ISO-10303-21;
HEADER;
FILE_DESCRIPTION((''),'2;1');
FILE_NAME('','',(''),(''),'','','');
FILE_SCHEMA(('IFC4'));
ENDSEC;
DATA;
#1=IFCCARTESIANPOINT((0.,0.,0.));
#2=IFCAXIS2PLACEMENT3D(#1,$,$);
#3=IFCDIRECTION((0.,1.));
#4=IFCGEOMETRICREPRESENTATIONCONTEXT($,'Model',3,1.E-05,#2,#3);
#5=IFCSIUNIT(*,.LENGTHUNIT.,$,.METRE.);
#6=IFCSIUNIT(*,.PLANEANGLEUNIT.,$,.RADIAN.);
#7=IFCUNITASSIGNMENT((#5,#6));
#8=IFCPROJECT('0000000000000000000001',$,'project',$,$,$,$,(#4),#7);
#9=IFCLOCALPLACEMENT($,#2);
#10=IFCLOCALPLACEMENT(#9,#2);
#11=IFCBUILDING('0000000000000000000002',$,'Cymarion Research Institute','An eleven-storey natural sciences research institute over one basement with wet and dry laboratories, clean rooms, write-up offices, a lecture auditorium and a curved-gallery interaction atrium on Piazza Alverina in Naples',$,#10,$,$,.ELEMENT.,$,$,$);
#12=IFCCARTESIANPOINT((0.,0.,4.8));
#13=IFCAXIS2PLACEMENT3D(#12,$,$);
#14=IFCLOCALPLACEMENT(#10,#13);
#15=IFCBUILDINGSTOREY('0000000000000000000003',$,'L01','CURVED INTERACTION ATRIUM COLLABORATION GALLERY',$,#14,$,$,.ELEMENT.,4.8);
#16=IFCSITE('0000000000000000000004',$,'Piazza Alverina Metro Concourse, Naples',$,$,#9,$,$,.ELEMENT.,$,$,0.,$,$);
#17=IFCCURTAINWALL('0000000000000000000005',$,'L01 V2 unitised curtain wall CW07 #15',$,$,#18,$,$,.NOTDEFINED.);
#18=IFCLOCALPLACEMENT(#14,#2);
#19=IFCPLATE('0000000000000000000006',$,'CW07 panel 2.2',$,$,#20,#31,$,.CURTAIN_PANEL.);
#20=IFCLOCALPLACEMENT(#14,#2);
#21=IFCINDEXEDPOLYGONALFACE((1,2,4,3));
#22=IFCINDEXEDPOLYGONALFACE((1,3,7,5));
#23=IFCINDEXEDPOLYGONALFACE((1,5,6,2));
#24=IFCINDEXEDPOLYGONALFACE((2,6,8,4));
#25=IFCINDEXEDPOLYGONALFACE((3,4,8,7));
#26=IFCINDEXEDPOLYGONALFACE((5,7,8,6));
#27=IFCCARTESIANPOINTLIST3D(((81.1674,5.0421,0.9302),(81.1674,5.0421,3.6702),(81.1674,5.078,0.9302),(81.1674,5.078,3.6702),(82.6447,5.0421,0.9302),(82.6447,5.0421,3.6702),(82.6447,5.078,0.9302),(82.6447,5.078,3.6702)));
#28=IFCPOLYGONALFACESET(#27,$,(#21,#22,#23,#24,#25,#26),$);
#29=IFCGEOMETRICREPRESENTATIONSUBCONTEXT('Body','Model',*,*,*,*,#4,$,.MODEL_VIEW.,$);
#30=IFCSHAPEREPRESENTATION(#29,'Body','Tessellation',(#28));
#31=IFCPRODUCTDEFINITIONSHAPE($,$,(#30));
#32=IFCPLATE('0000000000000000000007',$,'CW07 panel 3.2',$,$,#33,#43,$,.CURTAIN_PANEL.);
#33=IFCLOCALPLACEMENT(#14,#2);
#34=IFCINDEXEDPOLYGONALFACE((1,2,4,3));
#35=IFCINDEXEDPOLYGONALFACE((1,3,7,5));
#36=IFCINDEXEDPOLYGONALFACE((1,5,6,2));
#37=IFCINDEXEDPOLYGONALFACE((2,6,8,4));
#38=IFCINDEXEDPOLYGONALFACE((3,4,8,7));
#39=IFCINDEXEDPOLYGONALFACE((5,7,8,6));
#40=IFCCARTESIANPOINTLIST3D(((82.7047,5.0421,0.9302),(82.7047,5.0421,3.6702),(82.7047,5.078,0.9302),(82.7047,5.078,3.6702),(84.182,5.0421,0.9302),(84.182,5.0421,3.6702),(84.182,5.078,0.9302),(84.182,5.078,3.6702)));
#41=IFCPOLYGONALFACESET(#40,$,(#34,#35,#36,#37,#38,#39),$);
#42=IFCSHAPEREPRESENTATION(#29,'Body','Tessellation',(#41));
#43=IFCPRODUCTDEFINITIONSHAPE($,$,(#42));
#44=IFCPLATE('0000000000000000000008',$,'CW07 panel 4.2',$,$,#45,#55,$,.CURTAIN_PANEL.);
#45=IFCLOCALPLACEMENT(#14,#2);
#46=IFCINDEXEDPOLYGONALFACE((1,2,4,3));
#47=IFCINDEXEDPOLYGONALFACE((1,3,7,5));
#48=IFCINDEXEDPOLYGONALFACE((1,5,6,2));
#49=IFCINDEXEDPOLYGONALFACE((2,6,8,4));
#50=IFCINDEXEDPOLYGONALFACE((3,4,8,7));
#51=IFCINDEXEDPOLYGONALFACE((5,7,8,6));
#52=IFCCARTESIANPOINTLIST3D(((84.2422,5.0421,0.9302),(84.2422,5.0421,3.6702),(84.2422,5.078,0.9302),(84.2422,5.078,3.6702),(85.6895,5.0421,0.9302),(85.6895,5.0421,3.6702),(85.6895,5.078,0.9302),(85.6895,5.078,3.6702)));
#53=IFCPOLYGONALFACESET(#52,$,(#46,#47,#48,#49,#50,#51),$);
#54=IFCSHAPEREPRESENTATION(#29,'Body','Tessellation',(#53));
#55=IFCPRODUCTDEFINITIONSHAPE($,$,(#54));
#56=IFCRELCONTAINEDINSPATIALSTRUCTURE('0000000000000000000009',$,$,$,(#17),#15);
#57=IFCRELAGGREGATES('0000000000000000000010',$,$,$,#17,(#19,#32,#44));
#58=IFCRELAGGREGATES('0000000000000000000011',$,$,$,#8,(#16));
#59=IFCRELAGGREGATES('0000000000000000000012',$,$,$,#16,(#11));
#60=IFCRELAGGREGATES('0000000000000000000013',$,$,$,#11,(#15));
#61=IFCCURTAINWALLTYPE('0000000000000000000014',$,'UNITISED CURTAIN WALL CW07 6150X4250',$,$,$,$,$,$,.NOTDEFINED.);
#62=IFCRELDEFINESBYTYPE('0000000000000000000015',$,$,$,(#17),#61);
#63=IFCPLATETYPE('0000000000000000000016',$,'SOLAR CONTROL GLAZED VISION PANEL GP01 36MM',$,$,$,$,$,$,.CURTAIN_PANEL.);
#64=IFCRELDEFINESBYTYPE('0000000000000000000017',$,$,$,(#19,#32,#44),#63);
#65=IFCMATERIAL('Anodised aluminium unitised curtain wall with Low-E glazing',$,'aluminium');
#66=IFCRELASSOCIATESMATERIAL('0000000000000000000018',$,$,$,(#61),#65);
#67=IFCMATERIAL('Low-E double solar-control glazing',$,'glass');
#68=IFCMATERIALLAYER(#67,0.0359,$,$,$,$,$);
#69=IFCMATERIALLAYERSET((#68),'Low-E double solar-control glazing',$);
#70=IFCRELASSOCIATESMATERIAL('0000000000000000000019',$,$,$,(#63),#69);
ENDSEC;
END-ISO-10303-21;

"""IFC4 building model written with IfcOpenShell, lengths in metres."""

from ifc_helpers import new_model, si_unit, direction, frame, origin, origin_2d, place, context, subcontext, project, spatial, rectangle, extrude, material, layer, layer_set, type_object, element, aggregate, save


model = new_model("IFC4")

# Units and contexts
model_context = context("Model", 3, precision=1e-05, world=origin(), true_north=direction((0.0, 1.0)))
body_context = subcontext(model_context, "Body", "Model", "MODEL_VIEW")
ifc_project = project(units=[si_unit("LENGTHUNIT", "METRE"), si_unit("PLANEANGLEUNIT", "RADIAN")], contexts=[model_context])

# Site, building, storey
site_placement = place(None, origin())
site = spatial("IfcSite", under=ifc_project, at=site_placement, Name="Piazza Alverina Metro Concourse, Naples", CompositionType="ELEMENT", RefElevation=0.0)
building_placement = place(site_placement, origin())
building = spatial("IfcBuilding", under=site, at=building_placement, Name="Cymarion Research Institute", Description="An eleven-storey natural sciences research institute over one basement with wet and dry laboratories, clean rooms, write-up offices, a lecture auditorium and a curved-gallery interaction atrium on Piazza Alverina in Naples", CompositionType="ELEMENT")
storey_placement = place(building_placement, frame((0.0, 0.0, 4.8)))
storey = spatial("IfcBuildingStorey", under=building, at=storey_placement, Name="L01", Description="CURVED INTERACTION ATRIUM COLLABORATION GALLERY", CompositionType="ELEMENT", Elevation=4.8)

# Curtain wall
ifc_material_1 = material(Name="Anodised aluminium unitised curtain wall with Low-E glazing", Category="aluminium")
curtain_wall_type = type_object("IfcCurtainWallType", Name="UNITISED CURTAIN WALL CW07 6150X4250", PredefinedType="NOTDEFINED", material=ifc_material_1)
curtain_wall_1_placement = place(storey_placement, origin())
curtain_wall_1 = element("IfcCurtainWall", 1, at=curtain_wall_1_placement, inside=storey, type_object=curtain_wall_type, Name="L01 V2 unitised curtain wall CW07 #15", PredefinedType="NOTDEFINED")

# Plates
ifc_material_2 = material(Name="Low-E double solar-control glazing", Category="glass")
ifc_layer_1 = layer(ifc_material_2, 0.0359)
ifc_layer_set_1 = layer_set([ifc_layer_1], Name="Low-E double solar-control glazing")
plate_type_1 = type_object("IfcPlateType", Name="SOLAR CONTROL GLAZED VISION PANEL GP01 36MM", PredefinedType="CURTAIN_PANEL", material=ifc_layer_set_1)
plate_1_placement = place(storey_placement, frame((81.906, 5.0601, 0.9302), z_axis=(0.0, 0.0, 1.0), x_axis=(1.0, 0.0, 0.0)))
plate_1 = element("IfcPlate", 2, at=plate_1_placement, type_object=plate_type_1, Name="CW07 panel 2.2", PredefinedType="CURTAIN_PANEL", context=body_context, shape_type="SweptSolid", body=[
    extrude(rectangle(XDim=1.4773, YDim=0.0359, at=origin_2d()), origin(), (0.0, 0.0, 1.0), 2.74),
])
plate_2_placement = place(storey_placement, frame((83.4434, 5.0601, 0.9302), z_axis=(0.0, 0.0, 1.0), x_axis=(1.0, 0.0, 0.0)))
plate_2 = element("IfcPlate", 3, at=plate_2_placement, type_object=plate_type_1, Name="CW07 panel 3.2", PredefinedType="CURTAIN_PANEL", context=body_context, shape_type="SweptSolid", body=[
    extrude(rectangle(XDim=1.4773, YDim=0.0359, at=origin_2d()), origin(), (0.0, 0.0, 1.0), 2.74),
])
plate_3_placement = place(storey_placement, frame((84.9658, 5.0601, 0.9302), z_axis=(0.0, 0.0, 1.0), x_axis=(1.0, 0.0, 0.0)))
plate_3 = element("IfcPlate", 4, at=plate_3_placement, type_object=plate_type_1, Name="CW07 panel 4.2", PredefinedType="CURTAIN_PANEL", context=body_context, shape_type="SweptSolid", body=[
    extrude(rectangle(XDim=1.4473, YDim=0.0359, at=origin_2d()), origin(), (0.0, 0.0, 1.0), 2.74),
])
aggregate(curtain_wall_1, [plate_1, plate_2, plate_3])

save(model, "model.ifc")
